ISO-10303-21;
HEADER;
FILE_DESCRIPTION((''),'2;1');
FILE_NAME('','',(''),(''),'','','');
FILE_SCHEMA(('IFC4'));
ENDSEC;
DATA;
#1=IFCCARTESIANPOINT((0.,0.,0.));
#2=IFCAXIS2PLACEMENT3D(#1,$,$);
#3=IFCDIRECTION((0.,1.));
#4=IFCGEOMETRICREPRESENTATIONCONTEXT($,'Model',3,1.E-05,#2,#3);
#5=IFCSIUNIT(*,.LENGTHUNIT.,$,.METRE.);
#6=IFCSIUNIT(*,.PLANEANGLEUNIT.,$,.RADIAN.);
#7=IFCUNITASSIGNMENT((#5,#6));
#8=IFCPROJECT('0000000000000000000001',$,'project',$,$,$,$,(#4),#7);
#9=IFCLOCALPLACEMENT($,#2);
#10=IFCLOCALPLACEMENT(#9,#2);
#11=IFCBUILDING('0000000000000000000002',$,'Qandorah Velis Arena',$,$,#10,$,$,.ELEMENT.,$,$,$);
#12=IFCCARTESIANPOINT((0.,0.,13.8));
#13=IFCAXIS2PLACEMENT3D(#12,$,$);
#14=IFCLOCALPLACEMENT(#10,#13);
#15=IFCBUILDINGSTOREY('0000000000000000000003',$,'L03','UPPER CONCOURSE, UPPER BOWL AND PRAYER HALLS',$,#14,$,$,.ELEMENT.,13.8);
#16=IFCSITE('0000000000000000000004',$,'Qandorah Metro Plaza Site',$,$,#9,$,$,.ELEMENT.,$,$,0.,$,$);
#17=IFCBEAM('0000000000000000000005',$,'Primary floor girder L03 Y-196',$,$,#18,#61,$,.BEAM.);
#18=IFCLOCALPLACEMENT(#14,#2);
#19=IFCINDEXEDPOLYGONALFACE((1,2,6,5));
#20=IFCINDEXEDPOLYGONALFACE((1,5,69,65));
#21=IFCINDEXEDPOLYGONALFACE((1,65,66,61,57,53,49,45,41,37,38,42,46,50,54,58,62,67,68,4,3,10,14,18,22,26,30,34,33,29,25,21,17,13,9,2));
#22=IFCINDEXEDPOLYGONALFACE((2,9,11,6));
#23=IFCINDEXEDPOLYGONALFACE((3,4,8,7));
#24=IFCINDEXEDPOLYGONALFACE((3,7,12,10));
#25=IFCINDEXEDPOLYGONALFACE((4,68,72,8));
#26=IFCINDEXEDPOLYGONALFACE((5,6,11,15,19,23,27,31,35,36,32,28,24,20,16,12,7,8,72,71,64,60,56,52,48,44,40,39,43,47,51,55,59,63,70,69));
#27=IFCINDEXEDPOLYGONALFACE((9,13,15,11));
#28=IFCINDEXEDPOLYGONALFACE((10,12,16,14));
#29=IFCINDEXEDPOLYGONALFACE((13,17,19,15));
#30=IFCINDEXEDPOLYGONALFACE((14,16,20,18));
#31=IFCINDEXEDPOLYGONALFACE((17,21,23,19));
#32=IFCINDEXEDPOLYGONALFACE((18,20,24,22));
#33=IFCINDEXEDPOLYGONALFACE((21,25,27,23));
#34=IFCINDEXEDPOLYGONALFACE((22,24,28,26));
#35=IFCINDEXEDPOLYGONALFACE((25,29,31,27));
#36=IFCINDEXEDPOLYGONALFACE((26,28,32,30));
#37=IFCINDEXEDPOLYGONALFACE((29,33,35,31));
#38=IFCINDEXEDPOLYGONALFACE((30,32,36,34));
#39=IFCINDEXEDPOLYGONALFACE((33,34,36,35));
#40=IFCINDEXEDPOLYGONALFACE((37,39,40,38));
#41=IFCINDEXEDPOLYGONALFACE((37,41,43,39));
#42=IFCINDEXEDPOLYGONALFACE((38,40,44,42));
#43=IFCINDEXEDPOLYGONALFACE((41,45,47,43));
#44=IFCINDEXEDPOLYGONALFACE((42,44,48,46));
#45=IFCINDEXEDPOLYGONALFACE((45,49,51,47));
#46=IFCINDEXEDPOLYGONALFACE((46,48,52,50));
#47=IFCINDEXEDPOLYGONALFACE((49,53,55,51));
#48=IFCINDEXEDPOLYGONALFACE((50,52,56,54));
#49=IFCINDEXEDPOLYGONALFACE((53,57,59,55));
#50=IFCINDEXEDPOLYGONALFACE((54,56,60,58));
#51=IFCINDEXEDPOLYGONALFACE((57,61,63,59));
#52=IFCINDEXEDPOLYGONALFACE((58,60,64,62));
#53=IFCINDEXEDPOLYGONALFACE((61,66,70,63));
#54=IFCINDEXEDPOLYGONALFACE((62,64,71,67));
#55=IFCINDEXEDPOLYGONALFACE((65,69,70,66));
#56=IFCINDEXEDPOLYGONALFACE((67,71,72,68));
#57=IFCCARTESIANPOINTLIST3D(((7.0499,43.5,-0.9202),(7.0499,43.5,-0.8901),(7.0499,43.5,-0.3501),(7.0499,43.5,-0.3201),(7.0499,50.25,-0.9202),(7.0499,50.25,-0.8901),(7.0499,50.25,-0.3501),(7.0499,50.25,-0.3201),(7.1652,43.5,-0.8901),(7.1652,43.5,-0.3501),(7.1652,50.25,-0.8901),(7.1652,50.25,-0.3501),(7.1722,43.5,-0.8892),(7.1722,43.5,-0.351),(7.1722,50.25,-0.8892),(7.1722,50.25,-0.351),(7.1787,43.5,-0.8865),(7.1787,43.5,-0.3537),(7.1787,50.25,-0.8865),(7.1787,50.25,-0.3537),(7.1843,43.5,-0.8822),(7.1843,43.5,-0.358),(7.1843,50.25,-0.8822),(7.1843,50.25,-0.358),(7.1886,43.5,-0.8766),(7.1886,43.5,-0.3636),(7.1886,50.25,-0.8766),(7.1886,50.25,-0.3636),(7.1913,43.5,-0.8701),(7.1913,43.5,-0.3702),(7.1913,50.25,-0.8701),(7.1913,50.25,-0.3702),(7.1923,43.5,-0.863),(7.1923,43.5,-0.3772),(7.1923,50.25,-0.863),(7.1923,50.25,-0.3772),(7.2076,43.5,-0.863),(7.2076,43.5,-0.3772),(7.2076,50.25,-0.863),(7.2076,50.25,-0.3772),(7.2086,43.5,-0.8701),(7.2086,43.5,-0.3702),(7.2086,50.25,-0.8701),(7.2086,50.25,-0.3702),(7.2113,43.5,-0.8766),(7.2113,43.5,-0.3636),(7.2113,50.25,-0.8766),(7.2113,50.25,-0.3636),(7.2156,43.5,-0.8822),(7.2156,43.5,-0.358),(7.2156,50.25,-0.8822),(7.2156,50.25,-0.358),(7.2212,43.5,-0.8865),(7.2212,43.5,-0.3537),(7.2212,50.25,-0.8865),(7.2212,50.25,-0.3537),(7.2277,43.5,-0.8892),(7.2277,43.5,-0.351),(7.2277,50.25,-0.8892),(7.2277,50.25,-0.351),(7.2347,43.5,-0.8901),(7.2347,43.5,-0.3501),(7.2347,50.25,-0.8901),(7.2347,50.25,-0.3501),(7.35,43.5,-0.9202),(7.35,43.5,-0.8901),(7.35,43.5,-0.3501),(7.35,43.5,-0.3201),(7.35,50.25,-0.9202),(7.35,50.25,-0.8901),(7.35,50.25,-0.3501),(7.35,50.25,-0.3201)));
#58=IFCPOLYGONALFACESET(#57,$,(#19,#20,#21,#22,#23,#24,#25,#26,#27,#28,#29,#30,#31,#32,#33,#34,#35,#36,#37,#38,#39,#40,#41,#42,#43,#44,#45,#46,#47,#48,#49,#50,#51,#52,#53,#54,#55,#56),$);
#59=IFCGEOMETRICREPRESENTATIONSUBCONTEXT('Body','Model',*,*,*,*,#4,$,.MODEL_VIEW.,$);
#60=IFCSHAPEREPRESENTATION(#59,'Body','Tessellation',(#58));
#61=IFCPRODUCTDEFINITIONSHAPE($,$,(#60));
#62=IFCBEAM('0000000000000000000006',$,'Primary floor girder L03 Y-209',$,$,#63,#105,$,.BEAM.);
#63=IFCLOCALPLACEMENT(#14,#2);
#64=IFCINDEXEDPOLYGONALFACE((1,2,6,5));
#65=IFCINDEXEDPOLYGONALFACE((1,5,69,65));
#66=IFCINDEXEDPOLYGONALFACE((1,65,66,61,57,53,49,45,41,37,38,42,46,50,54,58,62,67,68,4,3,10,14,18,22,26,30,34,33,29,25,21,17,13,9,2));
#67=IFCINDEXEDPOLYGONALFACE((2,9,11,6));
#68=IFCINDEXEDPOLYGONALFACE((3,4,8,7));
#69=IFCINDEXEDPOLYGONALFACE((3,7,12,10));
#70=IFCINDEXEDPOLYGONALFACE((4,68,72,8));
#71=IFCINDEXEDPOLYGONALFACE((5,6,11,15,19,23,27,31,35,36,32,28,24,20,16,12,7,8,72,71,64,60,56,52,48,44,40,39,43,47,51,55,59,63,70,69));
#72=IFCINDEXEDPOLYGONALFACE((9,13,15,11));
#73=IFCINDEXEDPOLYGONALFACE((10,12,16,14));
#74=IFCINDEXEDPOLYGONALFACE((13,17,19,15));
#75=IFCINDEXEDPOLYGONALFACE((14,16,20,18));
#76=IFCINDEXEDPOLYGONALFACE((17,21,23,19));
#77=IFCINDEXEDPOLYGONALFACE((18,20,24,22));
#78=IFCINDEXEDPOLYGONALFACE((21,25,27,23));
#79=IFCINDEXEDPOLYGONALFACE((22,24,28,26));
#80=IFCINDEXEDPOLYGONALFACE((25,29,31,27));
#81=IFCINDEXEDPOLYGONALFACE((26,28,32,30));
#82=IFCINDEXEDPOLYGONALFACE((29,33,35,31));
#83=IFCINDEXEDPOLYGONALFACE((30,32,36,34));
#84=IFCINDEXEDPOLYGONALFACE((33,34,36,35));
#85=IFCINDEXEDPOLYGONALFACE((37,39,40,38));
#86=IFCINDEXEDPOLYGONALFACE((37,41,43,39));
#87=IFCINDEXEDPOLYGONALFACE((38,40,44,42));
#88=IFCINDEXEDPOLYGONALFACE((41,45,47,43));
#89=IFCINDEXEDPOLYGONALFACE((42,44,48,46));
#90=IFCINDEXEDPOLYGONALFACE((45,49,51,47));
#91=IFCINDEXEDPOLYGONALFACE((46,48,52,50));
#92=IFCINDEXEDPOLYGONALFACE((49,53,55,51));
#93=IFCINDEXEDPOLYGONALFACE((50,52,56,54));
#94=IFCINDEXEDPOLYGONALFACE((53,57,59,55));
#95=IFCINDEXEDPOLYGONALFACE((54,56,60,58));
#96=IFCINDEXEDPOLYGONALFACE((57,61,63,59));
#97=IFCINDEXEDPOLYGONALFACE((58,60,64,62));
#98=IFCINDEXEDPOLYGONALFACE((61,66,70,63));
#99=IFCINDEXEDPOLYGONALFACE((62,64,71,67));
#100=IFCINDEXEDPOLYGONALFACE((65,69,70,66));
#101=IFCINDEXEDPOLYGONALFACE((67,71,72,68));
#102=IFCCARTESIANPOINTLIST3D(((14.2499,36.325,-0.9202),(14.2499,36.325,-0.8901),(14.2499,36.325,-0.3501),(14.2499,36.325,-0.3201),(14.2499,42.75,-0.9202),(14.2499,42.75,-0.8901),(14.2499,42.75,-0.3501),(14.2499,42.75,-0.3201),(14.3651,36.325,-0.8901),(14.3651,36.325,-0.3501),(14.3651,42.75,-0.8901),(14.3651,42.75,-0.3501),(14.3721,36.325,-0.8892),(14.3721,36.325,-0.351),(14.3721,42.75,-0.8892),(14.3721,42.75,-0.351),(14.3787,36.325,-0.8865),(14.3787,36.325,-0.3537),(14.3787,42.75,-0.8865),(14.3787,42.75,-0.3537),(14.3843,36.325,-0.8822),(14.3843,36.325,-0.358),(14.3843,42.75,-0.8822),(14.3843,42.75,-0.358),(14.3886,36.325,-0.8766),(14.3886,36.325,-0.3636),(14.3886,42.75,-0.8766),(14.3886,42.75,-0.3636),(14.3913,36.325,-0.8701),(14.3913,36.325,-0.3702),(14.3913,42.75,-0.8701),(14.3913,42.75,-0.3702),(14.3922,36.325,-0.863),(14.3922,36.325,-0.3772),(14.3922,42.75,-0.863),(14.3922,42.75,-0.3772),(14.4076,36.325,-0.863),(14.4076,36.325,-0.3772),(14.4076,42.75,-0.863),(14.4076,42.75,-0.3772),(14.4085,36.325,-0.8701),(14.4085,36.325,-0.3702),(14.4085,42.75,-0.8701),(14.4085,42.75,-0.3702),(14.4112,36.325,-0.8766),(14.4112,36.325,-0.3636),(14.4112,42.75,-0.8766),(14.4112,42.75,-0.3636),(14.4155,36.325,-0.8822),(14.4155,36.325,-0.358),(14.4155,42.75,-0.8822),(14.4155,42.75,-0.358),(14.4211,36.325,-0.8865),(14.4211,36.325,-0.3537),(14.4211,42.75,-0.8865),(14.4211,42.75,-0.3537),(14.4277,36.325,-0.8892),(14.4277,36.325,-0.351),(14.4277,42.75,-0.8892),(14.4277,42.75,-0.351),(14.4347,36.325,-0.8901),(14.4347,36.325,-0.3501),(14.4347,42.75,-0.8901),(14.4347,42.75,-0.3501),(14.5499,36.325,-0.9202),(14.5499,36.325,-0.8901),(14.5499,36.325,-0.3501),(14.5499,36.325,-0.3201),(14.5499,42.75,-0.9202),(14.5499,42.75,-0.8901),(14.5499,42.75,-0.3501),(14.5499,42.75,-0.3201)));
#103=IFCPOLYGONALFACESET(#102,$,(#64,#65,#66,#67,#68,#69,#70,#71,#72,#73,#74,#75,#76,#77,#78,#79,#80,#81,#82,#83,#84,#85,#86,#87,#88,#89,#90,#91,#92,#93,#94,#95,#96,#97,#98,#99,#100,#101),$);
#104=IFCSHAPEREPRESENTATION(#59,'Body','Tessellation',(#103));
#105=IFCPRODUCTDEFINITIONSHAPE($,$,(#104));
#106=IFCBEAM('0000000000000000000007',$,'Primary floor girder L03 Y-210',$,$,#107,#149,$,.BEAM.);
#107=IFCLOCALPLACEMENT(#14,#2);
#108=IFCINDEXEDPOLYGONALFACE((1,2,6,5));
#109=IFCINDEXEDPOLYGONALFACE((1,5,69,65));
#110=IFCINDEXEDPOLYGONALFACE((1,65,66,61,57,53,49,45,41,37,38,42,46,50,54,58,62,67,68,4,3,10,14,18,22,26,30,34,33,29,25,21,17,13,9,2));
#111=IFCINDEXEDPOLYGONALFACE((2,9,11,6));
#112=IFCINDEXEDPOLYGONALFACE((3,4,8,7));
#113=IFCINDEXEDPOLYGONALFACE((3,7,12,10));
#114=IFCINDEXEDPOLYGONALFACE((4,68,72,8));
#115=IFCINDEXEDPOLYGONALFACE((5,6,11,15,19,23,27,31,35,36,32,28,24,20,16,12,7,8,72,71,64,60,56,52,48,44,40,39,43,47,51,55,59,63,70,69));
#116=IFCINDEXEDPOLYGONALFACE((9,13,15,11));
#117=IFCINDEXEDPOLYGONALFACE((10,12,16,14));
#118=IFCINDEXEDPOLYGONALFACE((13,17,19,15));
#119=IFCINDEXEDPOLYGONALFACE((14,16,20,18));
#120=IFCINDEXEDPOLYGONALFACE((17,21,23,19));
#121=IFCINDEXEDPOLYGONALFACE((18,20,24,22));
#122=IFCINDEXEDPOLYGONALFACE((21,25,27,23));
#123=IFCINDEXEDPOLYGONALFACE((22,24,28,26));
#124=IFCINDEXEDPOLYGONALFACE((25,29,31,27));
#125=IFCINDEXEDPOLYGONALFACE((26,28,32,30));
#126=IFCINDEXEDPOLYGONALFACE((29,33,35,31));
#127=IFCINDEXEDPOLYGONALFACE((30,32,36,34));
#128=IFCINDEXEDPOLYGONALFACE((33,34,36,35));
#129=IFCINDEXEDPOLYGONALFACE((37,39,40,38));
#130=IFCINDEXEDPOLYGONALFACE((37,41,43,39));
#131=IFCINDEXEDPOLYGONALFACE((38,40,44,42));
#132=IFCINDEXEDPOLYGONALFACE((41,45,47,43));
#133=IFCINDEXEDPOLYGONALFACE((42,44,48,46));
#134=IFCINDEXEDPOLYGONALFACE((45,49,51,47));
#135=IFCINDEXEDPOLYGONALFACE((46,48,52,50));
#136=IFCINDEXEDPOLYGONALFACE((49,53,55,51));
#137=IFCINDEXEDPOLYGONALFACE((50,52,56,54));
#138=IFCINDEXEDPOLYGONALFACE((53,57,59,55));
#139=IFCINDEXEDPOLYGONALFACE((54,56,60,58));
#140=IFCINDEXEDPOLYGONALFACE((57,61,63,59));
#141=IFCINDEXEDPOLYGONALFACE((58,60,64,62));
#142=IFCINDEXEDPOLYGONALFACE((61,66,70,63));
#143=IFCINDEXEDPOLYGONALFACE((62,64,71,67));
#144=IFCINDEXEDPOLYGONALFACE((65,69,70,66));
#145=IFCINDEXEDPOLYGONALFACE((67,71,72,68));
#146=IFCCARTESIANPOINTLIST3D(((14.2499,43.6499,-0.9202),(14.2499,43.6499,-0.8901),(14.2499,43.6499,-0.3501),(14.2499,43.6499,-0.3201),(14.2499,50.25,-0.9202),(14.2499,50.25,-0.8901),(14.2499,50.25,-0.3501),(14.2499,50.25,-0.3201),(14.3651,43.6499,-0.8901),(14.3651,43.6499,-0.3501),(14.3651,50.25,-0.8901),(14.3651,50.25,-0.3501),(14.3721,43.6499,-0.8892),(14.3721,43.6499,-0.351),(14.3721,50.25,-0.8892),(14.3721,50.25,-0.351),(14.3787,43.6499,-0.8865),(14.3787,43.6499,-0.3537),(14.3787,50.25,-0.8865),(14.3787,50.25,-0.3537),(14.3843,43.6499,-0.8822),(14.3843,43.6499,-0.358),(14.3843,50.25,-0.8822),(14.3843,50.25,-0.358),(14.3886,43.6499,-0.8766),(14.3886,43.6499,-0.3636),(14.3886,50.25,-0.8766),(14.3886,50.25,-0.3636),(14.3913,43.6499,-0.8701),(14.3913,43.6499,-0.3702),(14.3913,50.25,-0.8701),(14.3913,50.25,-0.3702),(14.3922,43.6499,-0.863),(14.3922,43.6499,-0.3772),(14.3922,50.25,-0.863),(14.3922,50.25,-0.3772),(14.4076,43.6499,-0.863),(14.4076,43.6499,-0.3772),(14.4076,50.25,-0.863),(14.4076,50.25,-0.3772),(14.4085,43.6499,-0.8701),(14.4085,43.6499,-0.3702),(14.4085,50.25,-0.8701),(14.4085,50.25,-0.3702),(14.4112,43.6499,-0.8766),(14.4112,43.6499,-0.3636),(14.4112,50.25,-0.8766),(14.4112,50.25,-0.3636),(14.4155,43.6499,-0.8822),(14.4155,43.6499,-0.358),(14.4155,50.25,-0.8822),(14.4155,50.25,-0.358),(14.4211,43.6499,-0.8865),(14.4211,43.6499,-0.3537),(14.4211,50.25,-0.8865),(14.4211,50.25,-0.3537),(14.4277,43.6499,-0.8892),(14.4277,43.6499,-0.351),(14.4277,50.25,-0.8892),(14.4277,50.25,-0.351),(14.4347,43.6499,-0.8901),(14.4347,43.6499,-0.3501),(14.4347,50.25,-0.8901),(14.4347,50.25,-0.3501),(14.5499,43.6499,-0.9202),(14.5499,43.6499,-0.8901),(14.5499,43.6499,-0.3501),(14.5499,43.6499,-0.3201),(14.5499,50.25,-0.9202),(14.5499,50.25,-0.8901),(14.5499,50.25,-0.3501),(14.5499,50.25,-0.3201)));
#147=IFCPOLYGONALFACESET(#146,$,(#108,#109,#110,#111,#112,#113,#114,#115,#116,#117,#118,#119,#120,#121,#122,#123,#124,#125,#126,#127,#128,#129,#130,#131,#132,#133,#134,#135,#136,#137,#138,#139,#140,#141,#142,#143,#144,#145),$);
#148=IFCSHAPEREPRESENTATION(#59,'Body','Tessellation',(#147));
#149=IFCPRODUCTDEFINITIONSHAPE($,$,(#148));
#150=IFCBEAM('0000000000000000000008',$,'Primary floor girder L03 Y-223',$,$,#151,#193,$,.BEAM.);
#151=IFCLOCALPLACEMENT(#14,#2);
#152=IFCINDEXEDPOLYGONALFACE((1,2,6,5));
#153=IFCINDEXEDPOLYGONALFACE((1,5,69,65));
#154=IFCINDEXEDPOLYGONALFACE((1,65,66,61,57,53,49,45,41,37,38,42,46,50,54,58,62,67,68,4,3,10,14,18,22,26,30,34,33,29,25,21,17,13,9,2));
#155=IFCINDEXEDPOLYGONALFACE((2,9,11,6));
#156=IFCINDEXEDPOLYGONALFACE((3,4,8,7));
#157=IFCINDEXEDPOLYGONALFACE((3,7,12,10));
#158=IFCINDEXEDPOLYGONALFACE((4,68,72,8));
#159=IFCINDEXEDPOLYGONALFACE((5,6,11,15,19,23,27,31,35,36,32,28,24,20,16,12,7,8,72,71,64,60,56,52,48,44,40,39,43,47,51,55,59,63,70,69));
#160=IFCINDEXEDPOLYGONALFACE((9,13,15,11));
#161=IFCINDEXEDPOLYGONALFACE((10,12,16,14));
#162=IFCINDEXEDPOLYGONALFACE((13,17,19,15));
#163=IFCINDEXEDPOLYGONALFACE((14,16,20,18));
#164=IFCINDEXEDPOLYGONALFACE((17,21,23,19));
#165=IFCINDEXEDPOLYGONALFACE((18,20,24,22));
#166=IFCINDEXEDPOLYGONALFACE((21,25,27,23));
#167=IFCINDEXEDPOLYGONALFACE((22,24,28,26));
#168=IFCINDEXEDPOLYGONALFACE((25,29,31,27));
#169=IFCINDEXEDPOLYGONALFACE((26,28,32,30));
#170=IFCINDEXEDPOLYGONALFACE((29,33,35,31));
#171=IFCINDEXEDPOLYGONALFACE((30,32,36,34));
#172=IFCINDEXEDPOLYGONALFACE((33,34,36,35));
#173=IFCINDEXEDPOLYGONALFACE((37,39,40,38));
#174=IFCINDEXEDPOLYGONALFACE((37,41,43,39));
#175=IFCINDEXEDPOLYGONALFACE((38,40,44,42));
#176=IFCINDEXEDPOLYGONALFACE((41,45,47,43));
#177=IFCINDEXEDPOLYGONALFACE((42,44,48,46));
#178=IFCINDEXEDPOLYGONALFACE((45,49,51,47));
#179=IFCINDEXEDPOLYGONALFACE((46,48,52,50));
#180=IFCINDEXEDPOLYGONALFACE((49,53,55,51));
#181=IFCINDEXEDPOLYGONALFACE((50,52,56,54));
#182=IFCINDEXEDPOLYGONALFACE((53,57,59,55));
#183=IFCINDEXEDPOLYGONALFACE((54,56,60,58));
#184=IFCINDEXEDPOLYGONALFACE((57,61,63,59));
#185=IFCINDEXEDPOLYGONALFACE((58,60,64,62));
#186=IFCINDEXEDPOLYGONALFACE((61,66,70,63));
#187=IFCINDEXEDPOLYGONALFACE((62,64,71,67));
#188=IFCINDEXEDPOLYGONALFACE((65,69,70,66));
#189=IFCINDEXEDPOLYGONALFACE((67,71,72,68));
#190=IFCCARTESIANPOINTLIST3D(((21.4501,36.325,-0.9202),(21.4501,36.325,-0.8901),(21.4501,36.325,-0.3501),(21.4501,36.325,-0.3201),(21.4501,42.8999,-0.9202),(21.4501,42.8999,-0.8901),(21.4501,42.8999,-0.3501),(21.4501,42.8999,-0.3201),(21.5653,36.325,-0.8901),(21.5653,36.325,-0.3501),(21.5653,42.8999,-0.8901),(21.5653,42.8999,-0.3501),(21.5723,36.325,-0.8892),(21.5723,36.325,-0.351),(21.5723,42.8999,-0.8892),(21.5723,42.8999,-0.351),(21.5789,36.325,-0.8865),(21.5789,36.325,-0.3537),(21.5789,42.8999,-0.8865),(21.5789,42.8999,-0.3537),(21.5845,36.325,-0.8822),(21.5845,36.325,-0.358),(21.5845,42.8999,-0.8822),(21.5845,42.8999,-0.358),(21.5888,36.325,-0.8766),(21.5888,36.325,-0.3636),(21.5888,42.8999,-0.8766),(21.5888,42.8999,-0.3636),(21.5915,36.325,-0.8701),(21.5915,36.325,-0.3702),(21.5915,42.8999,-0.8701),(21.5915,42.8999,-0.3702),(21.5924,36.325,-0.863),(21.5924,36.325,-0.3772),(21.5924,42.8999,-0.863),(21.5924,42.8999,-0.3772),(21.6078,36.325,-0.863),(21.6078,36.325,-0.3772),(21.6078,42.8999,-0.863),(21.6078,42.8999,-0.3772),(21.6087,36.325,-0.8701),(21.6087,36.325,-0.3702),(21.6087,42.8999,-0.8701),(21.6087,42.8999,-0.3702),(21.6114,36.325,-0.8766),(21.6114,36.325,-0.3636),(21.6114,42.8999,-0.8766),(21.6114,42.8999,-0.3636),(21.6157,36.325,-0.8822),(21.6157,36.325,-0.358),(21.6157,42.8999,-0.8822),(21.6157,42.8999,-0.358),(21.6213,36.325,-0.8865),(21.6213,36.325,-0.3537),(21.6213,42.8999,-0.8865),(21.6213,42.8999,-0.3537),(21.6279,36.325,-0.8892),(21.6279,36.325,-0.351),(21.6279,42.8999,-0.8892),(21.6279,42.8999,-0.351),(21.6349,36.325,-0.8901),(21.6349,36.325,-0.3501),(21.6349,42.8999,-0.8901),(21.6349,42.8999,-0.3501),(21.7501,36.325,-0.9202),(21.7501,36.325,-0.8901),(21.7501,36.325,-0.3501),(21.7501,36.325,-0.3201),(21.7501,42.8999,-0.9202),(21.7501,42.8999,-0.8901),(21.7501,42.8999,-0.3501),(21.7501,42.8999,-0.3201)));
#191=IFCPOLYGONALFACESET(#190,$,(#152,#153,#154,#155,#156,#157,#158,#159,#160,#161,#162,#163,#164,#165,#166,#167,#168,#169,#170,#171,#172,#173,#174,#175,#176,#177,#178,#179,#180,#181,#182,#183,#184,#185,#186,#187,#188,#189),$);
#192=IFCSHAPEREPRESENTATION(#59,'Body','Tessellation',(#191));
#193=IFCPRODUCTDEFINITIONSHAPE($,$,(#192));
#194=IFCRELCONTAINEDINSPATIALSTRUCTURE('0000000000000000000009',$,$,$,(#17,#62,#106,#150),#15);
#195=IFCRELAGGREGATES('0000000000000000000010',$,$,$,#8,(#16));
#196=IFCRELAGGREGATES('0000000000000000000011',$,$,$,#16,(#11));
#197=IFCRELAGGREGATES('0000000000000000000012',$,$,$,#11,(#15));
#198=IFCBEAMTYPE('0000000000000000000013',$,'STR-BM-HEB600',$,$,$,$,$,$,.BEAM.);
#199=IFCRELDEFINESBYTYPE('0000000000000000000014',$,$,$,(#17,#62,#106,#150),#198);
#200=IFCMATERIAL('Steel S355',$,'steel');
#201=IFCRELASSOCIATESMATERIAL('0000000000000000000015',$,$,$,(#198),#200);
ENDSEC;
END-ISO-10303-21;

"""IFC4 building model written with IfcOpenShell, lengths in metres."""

from ifc_helpers import new_model, si_unit, direction, frame, origin, origin_2d, place, context, subcontext, project, spatial, i_section, extrude, material, material_profile, profile_set, type_object, element, save


model = new_model("IFC4")

# Units and contexts
model_context = context("Model", 3, precision=1e-05, world=origin(), true_north=direction((0.0, 1.0)))
body_context = subcontext(model_context, "Body", "Model", "MODEL_VIEW")
ifc_project = project(units=[si_unit("LENGTHUNIT", "METRE"), si_unit("PLANEANGLEUNIT", "RADIAN")], contexts=[model_context])

# Site, building, storey
site_placement = place(None, origin())
site = spatial("IfcSite", under=ifc_project, at=site_placement, Name="Qandorah Metro Plaza Site", CompositionType="ELEMENT", RefElevation=0.0)
building_placement = place(site_placement, origin())
building = spatial("IfcBuilding", under=site, at=building_placement, Name="Qandorah Velis Arena", CompositionType="ELEMENT")
storey_placement = place(building_placement, frame((0.0, 0.0, 13.8)))
storey = spatial("IfcBuildingStorey", under=building, at=storey_placement, Name="L03", Description="UPPER CONCOURSE, UPPER BOWL AND PRAYER HALLS", CompositionType="ELEMENT", Elevation=13.8)

# Beams
ifc_material_1 = material(Name="Steel S355", Category="steel")
ifc_material_profile_1 = material_profile(ifc_material_1, i_section(OverallWidth=0.3, OverallDepth=0.6001, WebThickness=0.0154, FlangeThickness=0.03, FilletRadius=0.0271, at=origin_2d()), Name="HEB 600")
ifc_profile_set_1 = profile_set([ifc_material_profile_1], Name="Steel S355")
beam_type_1 = type_object("IfcBeamType", Name="STR-BM-HEB600", PredefinedType="BEAM", material=ifc_profile_set_1)
beam_1_placement = place(storey_placement, frame((7.2, 43.5, -0.6201), z_axis=(0.0, 1.0, 0.0), x_axis=(-1.0, 0.0, 0.0)))
element("IfcBeam", 1, at=beam_1_placement, inside=storey, type_object=beam_type_1, Name="Primary floor girder L03 Y-196", PredefinedType="BEAM", context=body_context, shape_type="SweptSolid", body=[
    extrude(i_section(OverallWidth=0.3, OverallDepth=0.6001, WebThickness=0.0154, FlangeThickness=0.03, FilletRadius=0.0271, at=origin_2d()), origin(), (0.0, 0.0, 1.0), 6.75),
])
beam_2_placement = place(storey_placement, frame((14.3999, 36.325, -0.6201), z_axis=(0.0, 1.0, 0.0), x_axis=(-1.0, 0.0, 0.0)))
element("IfcBeam", 2, at=beam_2_placement, inside=storey, type_object=beam_type_1, Name="Primary floor girder L03 Y-209", PredefinedType="BEAM", context=body_context, shape_type="SweptSolid", body=[
    extrude(i_section(OverallWidth=0.3, OverallDepth=0.6001, WebThickness=0.0154, FlangeThickness=0.03, FilletRadius=0.0271, at=origin_2d()), origin(), (0.0, 0.0, 1.0), 6.425),
])
beam_3_placement = place(storey_placement, frame((14.3999, 43.6499, -0.6201), z_axis=(0.0, 1.0, 0.0), x_axis=(-1.0, 0.0, 0.0)))
element("IfcBeam", 3, at=beam_3_placement, inside=storey, type_object=beam_type_1, Name="Primary floor girder L03 Y-210", PredefinedType="BEAM", context=body_context, shape_type="SweptSolid", body=[
    extrude(i_section(OverallWidth=0.3, OverallDepth=0.6001, WebThickness=0.0154, FlangeThickness=0.03, FilletRadius=0.0271, at=origin_2d()), origin(), (0.0, 0.0, 1.0), 6.6001),
])
beam_4_placement = place(storey_placement, frame((21.6001, 36.325, -0.6201), z_axis=(0.0, 1.0, 0.0), x_axis=(-1.0, 0.0, 0.0)))
element("IfcBeam", 4, at=beam_4_placement, inside=storey, type_object=beam_type_1, Name="Primary floor girder L03 Y-223", PredefinedType="BEAM", context=body_context, shape_type="SweptSolid", body=[
    extrude(i_section(OverallWidth=0.3, OverallDepth=0.6001, WebThickness=0.0154, FlangeThickness=0.03, FilletRadius=0.0271, at=origin_2d()), origin(), (0.0, 0.0, 1.0), 6.575),
])

save(model, "model.ifc")
